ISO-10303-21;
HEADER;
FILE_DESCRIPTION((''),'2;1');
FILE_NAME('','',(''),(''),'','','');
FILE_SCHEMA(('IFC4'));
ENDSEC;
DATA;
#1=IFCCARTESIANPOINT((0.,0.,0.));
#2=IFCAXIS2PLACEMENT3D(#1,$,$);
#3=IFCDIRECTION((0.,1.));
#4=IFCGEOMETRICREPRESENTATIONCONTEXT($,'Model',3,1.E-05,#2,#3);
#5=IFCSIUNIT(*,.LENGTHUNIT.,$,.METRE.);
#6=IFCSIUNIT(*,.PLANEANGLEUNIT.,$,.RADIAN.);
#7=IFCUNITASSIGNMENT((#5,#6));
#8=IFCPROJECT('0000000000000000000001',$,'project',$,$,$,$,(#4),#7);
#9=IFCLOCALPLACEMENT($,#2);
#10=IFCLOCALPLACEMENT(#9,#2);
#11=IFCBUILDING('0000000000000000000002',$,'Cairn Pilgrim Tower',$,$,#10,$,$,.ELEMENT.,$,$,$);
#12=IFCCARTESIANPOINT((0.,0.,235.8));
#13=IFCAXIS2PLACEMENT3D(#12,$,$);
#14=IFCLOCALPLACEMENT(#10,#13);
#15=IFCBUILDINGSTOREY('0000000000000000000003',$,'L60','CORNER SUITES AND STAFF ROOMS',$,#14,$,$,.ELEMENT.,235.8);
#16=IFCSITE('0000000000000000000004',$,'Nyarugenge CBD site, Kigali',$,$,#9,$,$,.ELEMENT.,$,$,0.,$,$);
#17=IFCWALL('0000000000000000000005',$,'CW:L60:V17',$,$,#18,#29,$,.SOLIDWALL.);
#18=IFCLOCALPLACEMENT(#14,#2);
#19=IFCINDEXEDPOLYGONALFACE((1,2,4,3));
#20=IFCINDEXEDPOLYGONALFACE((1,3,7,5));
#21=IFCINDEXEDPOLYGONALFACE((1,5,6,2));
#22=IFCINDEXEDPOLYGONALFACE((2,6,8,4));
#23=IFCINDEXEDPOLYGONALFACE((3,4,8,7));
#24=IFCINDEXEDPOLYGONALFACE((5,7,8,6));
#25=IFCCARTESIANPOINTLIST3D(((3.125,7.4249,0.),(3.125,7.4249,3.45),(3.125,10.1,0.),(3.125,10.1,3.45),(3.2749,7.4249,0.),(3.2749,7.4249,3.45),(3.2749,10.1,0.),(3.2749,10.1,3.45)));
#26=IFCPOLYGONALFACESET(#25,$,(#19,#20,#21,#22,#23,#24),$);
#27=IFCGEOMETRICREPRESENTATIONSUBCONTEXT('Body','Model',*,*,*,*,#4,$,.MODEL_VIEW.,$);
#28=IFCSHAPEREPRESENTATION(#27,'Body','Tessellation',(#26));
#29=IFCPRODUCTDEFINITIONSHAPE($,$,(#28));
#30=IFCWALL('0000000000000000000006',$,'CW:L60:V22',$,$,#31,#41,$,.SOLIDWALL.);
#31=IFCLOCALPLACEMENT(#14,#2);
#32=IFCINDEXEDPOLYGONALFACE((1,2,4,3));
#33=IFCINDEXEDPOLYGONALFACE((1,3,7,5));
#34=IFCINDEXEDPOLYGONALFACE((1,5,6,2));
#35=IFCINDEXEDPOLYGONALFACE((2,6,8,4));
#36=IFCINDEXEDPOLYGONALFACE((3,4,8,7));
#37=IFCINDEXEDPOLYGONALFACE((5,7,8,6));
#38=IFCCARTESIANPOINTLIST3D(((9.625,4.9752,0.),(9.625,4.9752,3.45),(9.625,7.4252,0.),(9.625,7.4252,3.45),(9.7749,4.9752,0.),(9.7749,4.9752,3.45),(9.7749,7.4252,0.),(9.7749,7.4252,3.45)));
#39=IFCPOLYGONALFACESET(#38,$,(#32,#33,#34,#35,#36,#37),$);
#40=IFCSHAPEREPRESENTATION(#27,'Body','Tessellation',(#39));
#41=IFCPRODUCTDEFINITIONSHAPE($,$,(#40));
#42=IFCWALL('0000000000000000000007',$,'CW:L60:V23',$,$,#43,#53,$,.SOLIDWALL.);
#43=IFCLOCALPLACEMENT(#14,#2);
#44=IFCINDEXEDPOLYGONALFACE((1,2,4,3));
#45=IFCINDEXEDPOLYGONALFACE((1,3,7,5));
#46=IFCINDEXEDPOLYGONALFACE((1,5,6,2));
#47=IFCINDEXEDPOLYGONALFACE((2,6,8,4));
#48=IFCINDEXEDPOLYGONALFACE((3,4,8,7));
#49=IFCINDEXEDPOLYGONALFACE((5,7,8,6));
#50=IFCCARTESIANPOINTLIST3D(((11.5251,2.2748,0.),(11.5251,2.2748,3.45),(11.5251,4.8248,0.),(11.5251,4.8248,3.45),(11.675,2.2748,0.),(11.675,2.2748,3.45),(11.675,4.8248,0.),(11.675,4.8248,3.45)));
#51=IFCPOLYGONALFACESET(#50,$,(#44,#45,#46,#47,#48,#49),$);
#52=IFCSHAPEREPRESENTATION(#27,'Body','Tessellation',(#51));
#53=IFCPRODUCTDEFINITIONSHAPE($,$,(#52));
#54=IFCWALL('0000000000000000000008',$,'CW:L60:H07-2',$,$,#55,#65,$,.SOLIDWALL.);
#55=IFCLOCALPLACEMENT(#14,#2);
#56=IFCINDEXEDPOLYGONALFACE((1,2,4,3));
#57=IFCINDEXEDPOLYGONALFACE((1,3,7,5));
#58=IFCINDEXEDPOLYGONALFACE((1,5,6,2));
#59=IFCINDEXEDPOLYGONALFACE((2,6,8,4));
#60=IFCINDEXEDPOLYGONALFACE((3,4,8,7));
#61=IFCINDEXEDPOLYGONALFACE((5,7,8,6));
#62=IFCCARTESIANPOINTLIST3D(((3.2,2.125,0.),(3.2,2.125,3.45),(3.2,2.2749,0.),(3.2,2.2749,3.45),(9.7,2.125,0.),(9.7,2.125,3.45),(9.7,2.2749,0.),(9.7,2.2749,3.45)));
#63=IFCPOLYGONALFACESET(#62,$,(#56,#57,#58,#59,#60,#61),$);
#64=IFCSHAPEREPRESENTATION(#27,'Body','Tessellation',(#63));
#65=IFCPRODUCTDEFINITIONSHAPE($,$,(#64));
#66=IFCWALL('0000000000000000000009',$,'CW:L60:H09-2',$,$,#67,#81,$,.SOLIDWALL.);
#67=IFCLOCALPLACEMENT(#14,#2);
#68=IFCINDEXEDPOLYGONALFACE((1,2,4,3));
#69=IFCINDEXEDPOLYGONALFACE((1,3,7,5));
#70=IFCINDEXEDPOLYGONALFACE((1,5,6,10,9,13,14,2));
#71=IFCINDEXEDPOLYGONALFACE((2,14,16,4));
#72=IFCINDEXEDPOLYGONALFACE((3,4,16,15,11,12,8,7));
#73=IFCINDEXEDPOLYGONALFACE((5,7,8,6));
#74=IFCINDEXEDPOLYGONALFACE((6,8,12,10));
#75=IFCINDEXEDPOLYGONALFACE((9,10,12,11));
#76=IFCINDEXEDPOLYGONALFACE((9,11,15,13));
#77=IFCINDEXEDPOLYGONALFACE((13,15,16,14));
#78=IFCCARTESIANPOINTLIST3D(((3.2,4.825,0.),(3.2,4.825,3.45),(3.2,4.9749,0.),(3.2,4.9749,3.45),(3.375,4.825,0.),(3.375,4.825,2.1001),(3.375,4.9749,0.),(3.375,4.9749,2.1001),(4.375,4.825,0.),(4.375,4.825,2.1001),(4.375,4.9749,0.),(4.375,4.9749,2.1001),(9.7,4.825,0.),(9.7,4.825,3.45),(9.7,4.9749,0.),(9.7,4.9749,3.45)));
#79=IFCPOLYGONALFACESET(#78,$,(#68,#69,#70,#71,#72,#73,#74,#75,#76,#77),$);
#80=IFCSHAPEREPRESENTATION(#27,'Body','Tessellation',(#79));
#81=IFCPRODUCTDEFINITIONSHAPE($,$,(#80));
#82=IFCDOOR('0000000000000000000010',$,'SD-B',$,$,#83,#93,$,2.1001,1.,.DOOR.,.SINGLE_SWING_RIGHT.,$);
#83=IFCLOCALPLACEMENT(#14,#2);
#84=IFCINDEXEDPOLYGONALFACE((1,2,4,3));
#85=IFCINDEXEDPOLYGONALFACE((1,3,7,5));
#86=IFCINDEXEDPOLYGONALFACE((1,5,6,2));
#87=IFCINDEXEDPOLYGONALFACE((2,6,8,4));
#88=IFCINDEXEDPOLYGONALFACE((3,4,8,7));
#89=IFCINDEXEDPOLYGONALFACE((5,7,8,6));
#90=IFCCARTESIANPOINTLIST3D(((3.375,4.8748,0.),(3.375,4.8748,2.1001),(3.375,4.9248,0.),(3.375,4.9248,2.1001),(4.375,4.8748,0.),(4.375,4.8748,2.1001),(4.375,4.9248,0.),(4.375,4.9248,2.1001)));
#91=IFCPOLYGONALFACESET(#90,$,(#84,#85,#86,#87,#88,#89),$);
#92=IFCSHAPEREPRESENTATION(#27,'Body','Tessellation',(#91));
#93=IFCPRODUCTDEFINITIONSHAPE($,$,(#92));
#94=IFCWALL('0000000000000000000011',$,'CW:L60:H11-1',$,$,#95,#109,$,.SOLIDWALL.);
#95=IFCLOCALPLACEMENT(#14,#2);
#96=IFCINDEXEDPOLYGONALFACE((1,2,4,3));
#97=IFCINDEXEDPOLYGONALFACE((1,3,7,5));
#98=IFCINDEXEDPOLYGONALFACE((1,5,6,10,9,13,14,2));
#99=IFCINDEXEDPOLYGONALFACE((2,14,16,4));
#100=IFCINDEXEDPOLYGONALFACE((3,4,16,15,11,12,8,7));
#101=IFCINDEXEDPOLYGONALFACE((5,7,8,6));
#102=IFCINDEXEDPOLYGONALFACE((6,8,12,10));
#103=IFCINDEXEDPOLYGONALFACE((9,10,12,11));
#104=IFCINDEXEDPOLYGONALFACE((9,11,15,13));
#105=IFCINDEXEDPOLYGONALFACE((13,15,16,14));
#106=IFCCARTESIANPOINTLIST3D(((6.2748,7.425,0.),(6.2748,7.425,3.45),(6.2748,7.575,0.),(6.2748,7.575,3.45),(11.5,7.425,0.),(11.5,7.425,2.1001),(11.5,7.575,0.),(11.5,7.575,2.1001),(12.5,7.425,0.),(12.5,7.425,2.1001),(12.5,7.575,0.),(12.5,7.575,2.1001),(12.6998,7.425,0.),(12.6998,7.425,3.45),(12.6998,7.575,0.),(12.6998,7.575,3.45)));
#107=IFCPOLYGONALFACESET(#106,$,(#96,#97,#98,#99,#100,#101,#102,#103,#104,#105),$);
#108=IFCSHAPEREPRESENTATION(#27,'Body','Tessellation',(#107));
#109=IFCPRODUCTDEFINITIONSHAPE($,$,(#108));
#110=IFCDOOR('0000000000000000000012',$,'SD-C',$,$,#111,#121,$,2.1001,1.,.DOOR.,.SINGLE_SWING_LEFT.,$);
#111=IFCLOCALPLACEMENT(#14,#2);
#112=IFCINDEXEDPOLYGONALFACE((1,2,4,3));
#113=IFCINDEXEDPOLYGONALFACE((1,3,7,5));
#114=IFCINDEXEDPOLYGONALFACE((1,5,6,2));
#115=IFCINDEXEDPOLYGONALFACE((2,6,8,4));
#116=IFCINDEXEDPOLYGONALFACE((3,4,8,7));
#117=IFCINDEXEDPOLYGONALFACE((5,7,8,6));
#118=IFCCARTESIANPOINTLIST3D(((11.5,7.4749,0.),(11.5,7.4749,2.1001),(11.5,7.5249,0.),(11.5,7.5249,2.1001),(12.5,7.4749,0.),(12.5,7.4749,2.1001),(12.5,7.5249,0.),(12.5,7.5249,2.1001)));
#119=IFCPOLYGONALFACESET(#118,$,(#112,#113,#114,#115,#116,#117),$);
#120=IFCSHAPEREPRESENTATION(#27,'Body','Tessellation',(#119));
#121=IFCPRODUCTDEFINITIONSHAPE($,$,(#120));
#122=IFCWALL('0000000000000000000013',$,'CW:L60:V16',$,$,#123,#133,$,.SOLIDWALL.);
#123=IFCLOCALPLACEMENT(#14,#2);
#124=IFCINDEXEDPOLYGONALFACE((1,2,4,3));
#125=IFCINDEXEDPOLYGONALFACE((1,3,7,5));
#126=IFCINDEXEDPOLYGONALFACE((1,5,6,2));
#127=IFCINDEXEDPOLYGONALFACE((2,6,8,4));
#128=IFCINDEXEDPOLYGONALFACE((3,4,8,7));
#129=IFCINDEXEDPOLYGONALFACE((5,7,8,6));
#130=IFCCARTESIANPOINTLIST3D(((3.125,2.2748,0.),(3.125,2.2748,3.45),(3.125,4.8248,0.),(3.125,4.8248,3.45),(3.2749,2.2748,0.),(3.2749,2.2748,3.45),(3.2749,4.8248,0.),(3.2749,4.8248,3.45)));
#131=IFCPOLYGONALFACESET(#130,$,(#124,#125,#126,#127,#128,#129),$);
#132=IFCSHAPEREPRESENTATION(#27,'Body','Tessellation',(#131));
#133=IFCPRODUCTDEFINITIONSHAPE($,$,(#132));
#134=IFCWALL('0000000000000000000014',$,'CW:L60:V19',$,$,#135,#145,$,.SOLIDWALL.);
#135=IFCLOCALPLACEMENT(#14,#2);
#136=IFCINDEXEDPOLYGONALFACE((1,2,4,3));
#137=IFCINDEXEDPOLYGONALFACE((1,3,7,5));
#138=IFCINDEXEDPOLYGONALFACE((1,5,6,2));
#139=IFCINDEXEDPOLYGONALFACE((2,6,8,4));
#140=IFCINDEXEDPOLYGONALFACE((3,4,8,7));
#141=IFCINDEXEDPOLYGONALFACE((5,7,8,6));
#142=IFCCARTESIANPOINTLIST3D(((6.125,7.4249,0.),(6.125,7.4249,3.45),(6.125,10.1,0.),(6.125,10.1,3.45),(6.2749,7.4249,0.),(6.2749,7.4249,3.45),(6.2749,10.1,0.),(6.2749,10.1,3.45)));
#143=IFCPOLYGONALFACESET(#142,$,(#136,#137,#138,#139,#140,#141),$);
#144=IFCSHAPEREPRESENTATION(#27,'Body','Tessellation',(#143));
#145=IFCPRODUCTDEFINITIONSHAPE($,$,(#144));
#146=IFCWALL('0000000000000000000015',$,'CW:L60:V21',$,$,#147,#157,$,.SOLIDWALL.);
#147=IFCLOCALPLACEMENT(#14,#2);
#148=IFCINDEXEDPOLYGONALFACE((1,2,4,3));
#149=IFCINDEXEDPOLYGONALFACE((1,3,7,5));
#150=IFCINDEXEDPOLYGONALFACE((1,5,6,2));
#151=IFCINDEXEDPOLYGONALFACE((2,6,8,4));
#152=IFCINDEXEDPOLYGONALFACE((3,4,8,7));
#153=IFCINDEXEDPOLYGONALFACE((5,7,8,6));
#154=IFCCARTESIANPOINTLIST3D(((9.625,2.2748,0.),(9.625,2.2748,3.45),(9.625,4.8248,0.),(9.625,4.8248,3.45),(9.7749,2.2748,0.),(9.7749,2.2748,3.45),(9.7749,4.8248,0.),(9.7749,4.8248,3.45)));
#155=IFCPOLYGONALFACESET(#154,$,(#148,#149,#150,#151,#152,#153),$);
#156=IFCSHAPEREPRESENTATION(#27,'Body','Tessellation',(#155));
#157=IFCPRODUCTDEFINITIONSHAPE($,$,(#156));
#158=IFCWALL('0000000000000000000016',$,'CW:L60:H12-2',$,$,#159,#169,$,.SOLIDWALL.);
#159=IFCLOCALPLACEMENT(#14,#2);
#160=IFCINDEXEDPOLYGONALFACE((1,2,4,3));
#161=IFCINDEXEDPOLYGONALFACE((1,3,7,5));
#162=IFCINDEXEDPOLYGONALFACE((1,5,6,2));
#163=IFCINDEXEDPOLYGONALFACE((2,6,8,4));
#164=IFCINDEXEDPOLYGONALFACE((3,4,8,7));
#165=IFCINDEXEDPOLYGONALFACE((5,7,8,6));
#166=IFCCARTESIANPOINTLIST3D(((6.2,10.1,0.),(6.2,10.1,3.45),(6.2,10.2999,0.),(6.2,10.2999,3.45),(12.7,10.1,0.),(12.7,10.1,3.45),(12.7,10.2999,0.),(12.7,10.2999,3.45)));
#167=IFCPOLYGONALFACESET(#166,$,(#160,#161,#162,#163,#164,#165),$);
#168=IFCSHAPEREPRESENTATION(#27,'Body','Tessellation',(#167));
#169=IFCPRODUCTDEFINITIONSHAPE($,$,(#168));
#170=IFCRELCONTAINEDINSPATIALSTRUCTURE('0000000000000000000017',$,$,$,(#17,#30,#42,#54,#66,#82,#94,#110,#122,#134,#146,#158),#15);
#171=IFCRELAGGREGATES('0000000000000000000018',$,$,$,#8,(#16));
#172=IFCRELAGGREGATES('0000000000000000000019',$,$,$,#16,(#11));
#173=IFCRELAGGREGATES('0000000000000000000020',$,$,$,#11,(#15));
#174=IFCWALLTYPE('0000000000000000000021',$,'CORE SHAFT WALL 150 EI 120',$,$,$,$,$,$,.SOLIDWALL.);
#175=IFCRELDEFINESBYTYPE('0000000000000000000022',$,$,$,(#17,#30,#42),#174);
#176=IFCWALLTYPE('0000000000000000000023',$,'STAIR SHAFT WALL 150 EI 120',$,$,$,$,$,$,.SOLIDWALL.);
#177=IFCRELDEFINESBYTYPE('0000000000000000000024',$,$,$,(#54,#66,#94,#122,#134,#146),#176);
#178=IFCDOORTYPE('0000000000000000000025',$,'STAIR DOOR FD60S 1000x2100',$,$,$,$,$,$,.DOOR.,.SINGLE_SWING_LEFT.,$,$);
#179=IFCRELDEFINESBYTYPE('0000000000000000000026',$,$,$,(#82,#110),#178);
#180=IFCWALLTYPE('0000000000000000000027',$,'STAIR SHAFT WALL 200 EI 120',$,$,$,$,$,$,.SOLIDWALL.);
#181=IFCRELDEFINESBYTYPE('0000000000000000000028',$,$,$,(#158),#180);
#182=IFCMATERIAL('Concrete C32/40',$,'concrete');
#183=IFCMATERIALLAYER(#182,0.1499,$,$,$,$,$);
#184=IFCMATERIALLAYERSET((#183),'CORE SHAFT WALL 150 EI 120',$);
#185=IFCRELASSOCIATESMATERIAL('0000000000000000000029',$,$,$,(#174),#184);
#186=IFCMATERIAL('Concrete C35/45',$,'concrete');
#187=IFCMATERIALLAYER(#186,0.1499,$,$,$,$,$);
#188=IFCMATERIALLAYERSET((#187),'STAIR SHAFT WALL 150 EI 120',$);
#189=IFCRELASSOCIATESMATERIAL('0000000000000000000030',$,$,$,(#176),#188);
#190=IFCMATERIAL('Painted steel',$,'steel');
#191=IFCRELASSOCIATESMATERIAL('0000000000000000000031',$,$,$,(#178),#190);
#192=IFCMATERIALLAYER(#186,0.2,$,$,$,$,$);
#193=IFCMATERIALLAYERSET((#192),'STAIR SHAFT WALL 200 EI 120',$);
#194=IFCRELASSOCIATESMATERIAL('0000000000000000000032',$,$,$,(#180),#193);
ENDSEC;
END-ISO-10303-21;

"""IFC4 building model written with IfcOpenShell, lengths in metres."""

from ifc_helpers import new_model, si_unit, direction, frame, frame_2d, origin, place, context, subcontext, project, spatial, rectangle, extrude, material, layer, layer_set, type_object, element, fill, save


model = new_model("IFC4")

# Units and contexts
model_context = context("Model", 3, precision=1e-05, world=origin(), true_north=direction((0.0, 1.0)))
body_context = subcontext(model_context, "Body", "Model", "MODEL_VIEW")
ifc_project = project(units=[si_unit("LENGTHUNIT", "METRE"), si_unit("PLANEANGLEUNIT", "RADIAN")], contexts=[model_context])

# Site, building, storey
site_placement = place(None, origin())
site = spatial("IfcSite", under=ifc_project, at=site_placement, Name="Nyarugenge CBD site, Kigali", CompositionType="ELEMENT", RefElevation=0.0)
building_placement = place(site_placement, origin())
building = spatial("IfcBuilding", under=site, at=building_placement, Name="Cairn Pilgrim Tower", CompositionType="ELEMENT")
storey_placement = place(building_placement, frame((0.0, 0.0, 235.8)))
storey = spatial("IfcBuildingStorey", under=building, at=storey_placement, Name="L60", Description="CORNER SUITES AND STAFF ROOMS", CompositionType="ELEMENT", Elevation=235.8)

# Shared definitions
ifc_material_1 = material(Name="Concrete C32/40", Category="concrete")
ifc_layer_1 = layer(ifc_material_1, 0.1499)
ifc_layer_set_1 = layer_set([ifc_layer_1], Name="CORE SHAFT WALL 150 EI 120")
wall_type_1 = type_object("IfcWallType", Name="CORE SHAFT WALL 150 EI 120", PredefinedType="SOLIDWALL", material=ifc_layer_set_1)

# Shared definitions
ifc_material_2 = material(Name="Painted steel", Category="steel")

# Walls
wall_1_placement = place(storey_placement, frame((3.2, 7.425, 0.0), z_axis=(0.0, 0.0, 1.0), x_axis=(0.0, 1.0, 0.0)))
element("IfcWall", 1, at=wall_1_placement, inside=storey, type_object=wall_type_1, Name="CW:L60:V17", PredefinedType="SOLIDWALL", context=body_context, shape_type="SweptSolid", body=[
    extrude(rectangle(XDim=2.675, YDim=0.1499, at=frame_2d((1.3374, 0.0))), origin(), (0.0, 0.0, 1.0), 3.45),
])
wall_2_placement = place(storey_placement, frame((9.7, 4.9751, 0.0), z_axis=(0.0, 0.0, 1.0), x_axis=(0.0, 1.0, 0.0)))
element("IfcWall", 2, at=wall_2_placement, inside=storey, type_object=wall_type_1, Name="CW:L60:V22", PredefinedType="SOLIDWALL", context=body_context, shape_type="SweptSolid", body=[
    extrude(rectangle(XDim=2.45, YDim=0.1499, at=frame_2d((1.2251, 0.0))), origin(), (0.0, 0.0, 1.0), 3.45),
])
wall_3_placement = place(storey_placement, frame((11.6001, 2.2749, 0.0), z_axis=(0.0, 0.0, 1.0), x_axis=(0.0, 1.0, 0.0)))
element("IfcWall", 3, at=wall_3_placement, inside=storey, type_object=wall_type_1, Name="CW:L60:V23", PredefinedType="SOLIDWALL", context=body_context, shape_type="SweptSolid", body=[
    extrude(rectangle(XDim=2.55, YDim=0.1499, at=frame_2d((1.2749, 0.0))), origin(), (0.0, 0.0, 1.0), 3.45),
])
ifc_material_3 = material(Name="Concrete C35/45", Category="concrete")
ifc_layer_2 = layer(ifc_material_3, 0.1499)
ifc_layer_set_2 = layer_set([ifc_layer_2], Name="STAIR SHAFT WALL 150 EI 120")
wall_type_2 = type_object("IfcWallType", Name="STAIR SHAFT WALL 150 EI 120", PredefinedType="SOLIDWALL", material=ifc_layer_set_2)
wall_4_placement = place(storey_placement, frame((3.2, 2.2, 0.0), z_axis=(0.0, 0.0, 1.0), x_axis=(1.0, 0.0, 0.0)))
element("IfcWall", 4, at=wall_4_placement, inside=storey, type_object=wall_type_2, Name="CW:L60:H07-2", PredefinedType="SOLIDWALL", context=body_context, shape_type="SweptSolid", body=[
    extrude(rectangle(XDim=6.5, YDim=0.1499, at=frame_2d((3.25, 0.0))), origin(), (0.0, 0.0, 1.0), 3.45),
])

# Walls, openings, doors
wall_5_placement = place(storey_placement, frame((3.2, 4.8999, 0.0), z_axis=(0.0, 0.0, 1.0), x_axis=(1.0, 0.0, 0.0)))
wall_5 = element("IfcWall", 5, at=wall_5_placement, inside=storey, type_object=wall_type_2, Name="CW:L60:H09-2", PredefinedType="SOLIDWALL", context=body_context, shape_type="SweptSolid", body=[
    extrude(rectangle(XDim=6.5, YDim=0.1499, at=frame_2d((3.25, 0.0))), origin(), (0.0, 0.0, 1.0), 3.45),
])
opening_1_placement = place(wall_5_placement, frame((0.175, 0.0, 0.0)))
opening_1 = element("IfcOpeningElement", 6, at=opening_1_placement, cuts=wall_5, PredefinedType="OPENING", context=body_context, shape_type="SweptSolid", body=[
    extrude(rectangle(XDim=1.0, YDim=2.1001, at=frame_2d((0.5, 1.05))), frame((0.0, 0.085, 0.0), z_axis=(0.0, -1.0, 0.0), x_axis=(1.0, 0.0, 0.0)), (0.0, 0.0, 1.0), 0.1699),
])
door_type_1 = type_object("IfcDoorType", Name="STAIR DOOR FD60S 1000x2100", OperationType="SINGLE_SWING_LEFT", PredefinedType="DOOR", material=ifc_material_2)
door_1_placement = place(opening_1_placement, origin())
door_1 = element("IfcDoor", 7, at=door_1_placement, inside=storey, type_object=door_type_1, Name="SD-B", OperationType="SINGLE_SWING_RIGHT", OverallHeight=2.1001, OverallWidth=1.0, PredefinedType="DOOR", context=body_context, shape_type="SweptSolid", body=[
    extrude(rectangle(XDim=1.0, YDim=2.1001, at=frame_2d((0.5, 1.05))), frame((0.0, 0.0249, 0.0), z_axis=(0.0, -1.0, 0.0), x_axis=(1.0, 0.0, 0.0)), (0.0, 0.0, 1.0), 0.05),
])
fill(opening_1, door_1)
wall_6_placement = place(storey_placement, frame((6.2749, 7.5, 0.0), z_axis=(0.0, 0.0, 1.0), x_axis=(1.0, 0.0, 0.0)))
wall_6 = element("IfcWall", 8, at=wall_6_placement, inside=storey, type_object=wall_type_2, Name="CW:L60:H11-1", PredefinedType="SOLIDWALL", context=body_context, shape_type="SweptSolid", body=[
    extrude(rectangle(XDim=6.425, YDim=0.1499, at=frame_2d((3.2124, 0.0))), origin(), (0.0, 0.0, 1.0), 3.45),
])
opening_2_placement = place(wall_6_placement, frame((5.2251, 0.0, 0.0)))
opening_2 = element("IfcOpeningElement", 9, at=opening_2_placement, cuts=wall_6, PredefinedType="OPENING", context=body_context, shape_type="SweptSolid", body=[
    extrude(rectangle(XDim=1.0, YDim=2.1001, at=frame_2d((0.5, 1.05))), frame((0.0, 0.085, 0.0), z_axis=(0.0, -1.0, 0.0), x_axis=(1.0, 0.0, 0.0)), (0.0, 0.0, 1.0), 0.1699),
])
door_2_placement = place(opening_2_placement, origin())
door_2 = element("IfcDoor", 10, at=door_2_placement, inside=storey, type_object=door_type_1, Name="SD-C", OperationType="SINGLE_SWING_LEFT", OverallHeight=2.1001, OverallWidth=1.0, PredefinedType="DOOR", context=body_context, shape_type="SweptSolid", body=[
    extrude(rectangle(XDim=1.0, YDim=2.1001, at=frame_2d((0.5, 1.05))), frame((0.0, 0.0249, 0.0), z_axis=(0.0, -1.0, 0.0), x_axis=(1.0, 0.0, 0.0)), (0.0, 0.0, 1.0), 0.05),
])
fill(opening_2, door_2)

# Walls
wall_7_placement = place(storey_placement, frame((3.2, 2.2749, 0.0), z_axis=(0.0, 0.0, 1.0), x_axis=(0.0, 1.0, 0.0)))
element("IfcWall", 11, at=wall_7_placement, inside=storey, type_object=wall_type_2, Name="CW:L60:V16", PredefinedType="SOLIDWALL", context=body_context, shape_type="SweptSolid", body=[
    extrude(rectangle(XDim=2.55, YDim=0.1499, at=frame_2d((1.2749, 0.0))), origin(), (0.0, 0.0, 1.0), 3.45),
])
wall_8_placement = place(storey_placement, frame((6.2, 7.425, 0.0), z_axis=(0.0, 0.0, 1.0), x_axis=(0.0, 1.0, 0.0)))
element("IfcWall", 12, at=wall_8_placement, inside=storey, type_object=wall_type_2, Name="CW:L60:V19", PredefinedType="SOLIDWALL", context=body_context, shape_type="SweptSolid", body=[
    extrude(rectangle(XDim=2.675, YDim=0.1499, at=frame_2d((1.3374, 0.0))), origin(), (0.0, 0.0, 1.0), 3.45),
])
wall_9_placement = place(storey_placement, frame((9.7, 2.2749, 0.0), z_axis=(0.0, 0.0, 1.0), x_axis=(0.0, 1.0, 0.0)))
element("IfcWall", 13, at=wall_9_placement, inside=storey, type_object=wall_type_2, Name="CW:L60:V21", PredefinedType="SOLIDWALL", context=body_context, shape_type="SweptSolid", body=[
    extrude(rectangle(XDim=2.55, YDim=0.1499, at=frame_2d((1.2749, 0.0))), origin(), (0.0, 0.0, 1.0), 3.45),
])
ifc_layer_3 = layer(ifc_material_3, 0.2)
ifc_layer_set_3 = layer_set([ifc_layer_3], Name="STAIR SHAFT WALL 200 EI 120")
wall_type_3 = type_object("IfcWallType", Name="STAIR SHAFT WALL 200 EI 120", PredefinedType="SOLIDWALL", material=ifc_layer_set_3)
wall_10_placement = place(storey_placement, frame((6.2, 10.2, 0.0), z_axis=(0.0, 0.0, 1.0), x_axis=(1.0, 0.0, 0.0)))
element("IfcWall", 14, at=wall_10_placement, inside=storey, type_object=wall_type_3, Name="CW:L60:H12-2", PredefinedType="SOLIDWALL", context=body_context, shape_type="SweptSolid", body=[
    extrude(rectangle(XDim=6.5, YDim=0.2, at=frame_2d((3.25, 0.0))), origin(), (0.0, 0.0, 1.0), 3.45),
])

save(model, "model.ifc")
